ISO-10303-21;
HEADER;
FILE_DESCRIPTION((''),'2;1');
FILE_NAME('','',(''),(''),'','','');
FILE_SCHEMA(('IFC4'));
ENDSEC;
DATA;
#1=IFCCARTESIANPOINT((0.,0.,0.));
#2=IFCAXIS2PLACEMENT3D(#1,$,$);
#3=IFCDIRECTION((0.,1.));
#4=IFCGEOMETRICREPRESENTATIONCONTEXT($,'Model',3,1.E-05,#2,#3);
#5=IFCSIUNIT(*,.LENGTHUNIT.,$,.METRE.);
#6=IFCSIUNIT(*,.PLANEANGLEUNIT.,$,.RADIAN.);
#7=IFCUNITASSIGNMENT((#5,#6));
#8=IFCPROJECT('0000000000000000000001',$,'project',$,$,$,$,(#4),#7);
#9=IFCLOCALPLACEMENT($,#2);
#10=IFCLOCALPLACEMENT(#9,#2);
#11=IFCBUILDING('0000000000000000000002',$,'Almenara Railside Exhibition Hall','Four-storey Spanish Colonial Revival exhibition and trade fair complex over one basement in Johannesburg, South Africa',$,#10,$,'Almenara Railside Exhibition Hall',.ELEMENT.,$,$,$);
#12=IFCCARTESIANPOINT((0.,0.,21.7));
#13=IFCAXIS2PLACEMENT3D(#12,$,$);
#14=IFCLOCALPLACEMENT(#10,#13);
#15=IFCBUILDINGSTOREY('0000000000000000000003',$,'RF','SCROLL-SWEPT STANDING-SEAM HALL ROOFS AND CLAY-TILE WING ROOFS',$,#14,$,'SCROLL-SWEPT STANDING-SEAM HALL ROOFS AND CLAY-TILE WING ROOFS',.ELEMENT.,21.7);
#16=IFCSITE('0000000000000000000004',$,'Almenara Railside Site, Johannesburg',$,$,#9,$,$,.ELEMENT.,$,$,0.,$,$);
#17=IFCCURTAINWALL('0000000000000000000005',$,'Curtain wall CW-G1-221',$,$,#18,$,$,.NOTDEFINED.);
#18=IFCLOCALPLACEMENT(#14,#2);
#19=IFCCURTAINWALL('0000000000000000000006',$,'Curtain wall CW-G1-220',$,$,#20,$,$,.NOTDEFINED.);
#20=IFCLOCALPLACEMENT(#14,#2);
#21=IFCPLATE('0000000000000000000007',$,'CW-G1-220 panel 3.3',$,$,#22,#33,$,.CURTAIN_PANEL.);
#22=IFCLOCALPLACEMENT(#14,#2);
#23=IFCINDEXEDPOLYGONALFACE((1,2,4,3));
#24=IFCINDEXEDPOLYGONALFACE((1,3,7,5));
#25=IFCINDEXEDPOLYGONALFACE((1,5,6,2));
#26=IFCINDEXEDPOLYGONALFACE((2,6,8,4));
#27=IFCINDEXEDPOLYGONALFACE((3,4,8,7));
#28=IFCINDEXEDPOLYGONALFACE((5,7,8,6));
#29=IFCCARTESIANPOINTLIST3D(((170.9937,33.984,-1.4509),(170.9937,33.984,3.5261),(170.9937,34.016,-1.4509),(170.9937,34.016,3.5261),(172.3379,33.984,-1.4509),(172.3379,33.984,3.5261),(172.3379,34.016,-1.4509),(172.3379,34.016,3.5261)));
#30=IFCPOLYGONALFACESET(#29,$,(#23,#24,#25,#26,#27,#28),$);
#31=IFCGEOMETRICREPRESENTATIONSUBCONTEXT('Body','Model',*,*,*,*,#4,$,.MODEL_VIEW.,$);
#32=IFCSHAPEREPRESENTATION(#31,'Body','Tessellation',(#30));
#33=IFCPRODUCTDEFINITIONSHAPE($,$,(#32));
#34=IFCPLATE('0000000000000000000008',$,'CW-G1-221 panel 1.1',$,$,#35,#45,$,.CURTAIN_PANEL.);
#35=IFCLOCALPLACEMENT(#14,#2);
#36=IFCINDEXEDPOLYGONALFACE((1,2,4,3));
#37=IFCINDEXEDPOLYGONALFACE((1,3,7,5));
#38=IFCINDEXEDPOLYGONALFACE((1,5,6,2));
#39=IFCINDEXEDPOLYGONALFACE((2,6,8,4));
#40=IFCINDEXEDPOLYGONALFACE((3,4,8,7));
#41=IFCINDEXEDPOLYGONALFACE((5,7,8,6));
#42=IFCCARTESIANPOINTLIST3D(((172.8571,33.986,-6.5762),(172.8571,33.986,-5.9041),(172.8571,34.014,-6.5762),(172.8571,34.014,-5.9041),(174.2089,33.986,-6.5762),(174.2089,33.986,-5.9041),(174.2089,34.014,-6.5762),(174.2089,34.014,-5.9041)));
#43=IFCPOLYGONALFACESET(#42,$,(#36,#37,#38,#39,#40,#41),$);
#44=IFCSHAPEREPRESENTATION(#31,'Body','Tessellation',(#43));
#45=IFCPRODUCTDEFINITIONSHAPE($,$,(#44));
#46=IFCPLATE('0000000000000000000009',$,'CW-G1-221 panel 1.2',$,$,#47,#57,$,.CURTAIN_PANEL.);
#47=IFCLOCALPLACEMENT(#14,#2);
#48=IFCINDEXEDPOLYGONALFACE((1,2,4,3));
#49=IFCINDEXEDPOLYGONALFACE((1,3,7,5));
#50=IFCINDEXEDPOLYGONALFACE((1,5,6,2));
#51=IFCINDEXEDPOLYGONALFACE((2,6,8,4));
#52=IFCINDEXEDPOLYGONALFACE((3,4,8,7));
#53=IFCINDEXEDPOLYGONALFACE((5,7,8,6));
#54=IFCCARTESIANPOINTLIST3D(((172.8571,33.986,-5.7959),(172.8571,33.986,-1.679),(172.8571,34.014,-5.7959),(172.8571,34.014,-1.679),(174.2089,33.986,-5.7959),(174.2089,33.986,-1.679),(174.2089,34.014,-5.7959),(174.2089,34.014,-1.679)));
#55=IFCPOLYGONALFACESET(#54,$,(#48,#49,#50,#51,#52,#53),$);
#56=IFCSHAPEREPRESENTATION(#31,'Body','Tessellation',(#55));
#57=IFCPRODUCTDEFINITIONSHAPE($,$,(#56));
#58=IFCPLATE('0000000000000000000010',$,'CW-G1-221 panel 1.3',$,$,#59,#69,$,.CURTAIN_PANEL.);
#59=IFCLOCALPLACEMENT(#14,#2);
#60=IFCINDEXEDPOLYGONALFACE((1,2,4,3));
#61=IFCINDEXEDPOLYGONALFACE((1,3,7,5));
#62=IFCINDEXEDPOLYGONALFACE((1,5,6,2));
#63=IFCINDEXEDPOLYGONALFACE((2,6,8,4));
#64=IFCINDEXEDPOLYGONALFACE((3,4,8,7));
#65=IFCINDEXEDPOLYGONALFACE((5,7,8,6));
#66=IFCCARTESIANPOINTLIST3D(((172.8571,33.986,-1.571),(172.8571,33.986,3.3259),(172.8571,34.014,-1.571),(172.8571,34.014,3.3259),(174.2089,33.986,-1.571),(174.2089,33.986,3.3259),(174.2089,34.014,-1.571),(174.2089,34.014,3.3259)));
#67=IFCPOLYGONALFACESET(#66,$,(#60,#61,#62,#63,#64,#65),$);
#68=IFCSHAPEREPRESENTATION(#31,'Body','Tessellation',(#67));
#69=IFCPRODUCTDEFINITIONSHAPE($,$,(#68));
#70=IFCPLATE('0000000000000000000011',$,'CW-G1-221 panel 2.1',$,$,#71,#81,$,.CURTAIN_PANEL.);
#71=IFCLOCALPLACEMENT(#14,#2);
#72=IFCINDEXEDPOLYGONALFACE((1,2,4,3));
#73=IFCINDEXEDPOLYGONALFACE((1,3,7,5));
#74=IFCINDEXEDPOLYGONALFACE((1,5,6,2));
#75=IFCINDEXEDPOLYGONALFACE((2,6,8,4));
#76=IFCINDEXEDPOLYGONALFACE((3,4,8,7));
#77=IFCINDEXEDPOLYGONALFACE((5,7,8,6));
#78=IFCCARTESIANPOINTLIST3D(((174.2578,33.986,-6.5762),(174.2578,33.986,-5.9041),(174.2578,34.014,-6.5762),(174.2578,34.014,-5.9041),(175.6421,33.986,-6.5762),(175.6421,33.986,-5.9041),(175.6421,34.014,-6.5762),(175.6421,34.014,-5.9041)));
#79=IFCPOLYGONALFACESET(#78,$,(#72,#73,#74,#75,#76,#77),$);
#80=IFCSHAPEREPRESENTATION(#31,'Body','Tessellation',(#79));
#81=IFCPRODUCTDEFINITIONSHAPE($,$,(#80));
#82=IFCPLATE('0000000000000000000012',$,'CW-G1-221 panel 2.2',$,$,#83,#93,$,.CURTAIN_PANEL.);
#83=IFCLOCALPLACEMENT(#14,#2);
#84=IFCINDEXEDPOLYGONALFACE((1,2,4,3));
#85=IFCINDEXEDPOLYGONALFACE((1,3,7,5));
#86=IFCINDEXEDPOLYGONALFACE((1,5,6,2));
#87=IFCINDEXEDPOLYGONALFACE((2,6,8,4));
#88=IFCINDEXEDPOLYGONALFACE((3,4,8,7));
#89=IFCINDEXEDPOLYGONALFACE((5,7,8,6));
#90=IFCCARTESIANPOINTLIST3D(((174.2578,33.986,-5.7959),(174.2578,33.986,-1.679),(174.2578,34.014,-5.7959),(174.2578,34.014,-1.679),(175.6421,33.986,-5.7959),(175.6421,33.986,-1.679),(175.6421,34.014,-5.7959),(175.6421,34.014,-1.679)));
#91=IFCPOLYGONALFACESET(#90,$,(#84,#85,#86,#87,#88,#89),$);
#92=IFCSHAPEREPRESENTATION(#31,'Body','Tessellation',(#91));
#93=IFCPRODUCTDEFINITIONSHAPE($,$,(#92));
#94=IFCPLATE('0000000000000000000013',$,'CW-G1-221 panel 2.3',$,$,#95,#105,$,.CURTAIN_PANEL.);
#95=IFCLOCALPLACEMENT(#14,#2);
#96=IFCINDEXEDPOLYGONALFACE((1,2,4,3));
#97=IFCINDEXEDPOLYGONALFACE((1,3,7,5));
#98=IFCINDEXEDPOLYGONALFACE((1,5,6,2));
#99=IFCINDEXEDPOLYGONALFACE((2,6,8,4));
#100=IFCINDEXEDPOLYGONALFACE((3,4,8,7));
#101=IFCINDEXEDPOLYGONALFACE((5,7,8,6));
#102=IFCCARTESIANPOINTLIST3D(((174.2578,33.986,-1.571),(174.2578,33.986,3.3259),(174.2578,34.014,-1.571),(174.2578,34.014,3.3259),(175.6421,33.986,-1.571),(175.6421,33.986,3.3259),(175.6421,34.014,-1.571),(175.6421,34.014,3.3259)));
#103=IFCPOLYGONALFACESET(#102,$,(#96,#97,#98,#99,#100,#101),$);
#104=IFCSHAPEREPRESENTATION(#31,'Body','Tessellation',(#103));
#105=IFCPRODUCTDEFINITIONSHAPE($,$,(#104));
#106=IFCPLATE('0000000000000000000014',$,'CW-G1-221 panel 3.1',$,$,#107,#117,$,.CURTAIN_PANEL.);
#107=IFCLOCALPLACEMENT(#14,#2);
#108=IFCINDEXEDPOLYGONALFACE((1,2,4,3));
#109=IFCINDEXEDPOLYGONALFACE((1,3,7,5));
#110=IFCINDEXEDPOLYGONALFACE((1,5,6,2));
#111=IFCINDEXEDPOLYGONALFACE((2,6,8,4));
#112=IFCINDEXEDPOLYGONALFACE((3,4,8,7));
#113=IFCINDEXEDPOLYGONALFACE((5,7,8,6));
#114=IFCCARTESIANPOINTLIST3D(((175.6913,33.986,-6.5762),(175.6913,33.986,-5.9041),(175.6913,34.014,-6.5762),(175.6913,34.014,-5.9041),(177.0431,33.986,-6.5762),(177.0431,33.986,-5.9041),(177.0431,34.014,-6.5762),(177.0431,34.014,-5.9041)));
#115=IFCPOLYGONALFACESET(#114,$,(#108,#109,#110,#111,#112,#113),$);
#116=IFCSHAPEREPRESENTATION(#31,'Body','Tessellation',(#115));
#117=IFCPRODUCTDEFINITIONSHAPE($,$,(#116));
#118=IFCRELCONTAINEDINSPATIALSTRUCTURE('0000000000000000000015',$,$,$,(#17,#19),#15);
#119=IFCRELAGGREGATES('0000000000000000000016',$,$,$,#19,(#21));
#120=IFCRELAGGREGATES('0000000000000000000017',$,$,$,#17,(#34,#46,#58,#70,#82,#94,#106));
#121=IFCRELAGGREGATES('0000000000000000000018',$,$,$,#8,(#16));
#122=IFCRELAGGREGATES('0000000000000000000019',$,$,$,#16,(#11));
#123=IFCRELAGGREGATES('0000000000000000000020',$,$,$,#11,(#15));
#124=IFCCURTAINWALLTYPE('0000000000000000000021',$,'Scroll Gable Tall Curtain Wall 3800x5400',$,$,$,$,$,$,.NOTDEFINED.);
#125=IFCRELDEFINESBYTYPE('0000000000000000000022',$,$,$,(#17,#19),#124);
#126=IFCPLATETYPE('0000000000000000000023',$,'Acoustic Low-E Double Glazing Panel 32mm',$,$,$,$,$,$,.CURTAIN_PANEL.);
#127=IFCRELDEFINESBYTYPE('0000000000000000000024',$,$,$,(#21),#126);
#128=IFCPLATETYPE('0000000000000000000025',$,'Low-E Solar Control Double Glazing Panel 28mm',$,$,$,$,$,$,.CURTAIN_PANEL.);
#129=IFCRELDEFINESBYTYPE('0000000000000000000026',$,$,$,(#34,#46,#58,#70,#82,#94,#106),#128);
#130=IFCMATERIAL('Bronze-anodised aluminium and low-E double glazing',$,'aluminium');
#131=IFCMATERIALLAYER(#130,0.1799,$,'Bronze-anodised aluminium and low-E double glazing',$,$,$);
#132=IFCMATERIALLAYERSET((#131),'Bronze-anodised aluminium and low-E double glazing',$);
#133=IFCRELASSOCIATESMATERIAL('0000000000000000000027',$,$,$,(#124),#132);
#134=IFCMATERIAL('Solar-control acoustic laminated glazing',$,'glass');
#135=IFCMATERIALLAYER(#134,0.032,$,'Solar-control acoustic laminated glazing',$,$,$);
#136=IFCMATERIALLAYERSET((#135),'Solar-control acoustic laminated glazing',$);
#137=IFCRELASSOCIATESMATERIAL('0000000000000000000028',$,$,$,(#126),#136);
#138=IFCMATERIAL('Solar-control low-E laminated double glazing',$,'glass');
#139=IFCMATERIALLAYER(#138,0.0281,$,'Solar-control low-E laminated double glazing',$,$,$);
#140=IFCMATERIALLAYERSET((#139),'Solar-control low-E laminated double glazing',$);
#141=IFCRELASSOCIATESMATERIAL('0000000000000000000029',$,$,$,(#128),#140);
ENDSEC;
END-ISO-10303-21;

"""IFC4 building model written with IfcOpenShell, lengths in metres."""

from ifc_helpers import new_model, si_unit, direction, frame, origin, origin_2d, place, context, subcontext, project, spatial, rectangle, extrude, material, layer, layer_set, type_object, element, aggregate, save


model = new_model("IFC4")

# Units and contexts
model_context = context("Model", 3, precision=1e-05, world=origin(), true_north=direction((0.0, 1.0)))
body_context = subcontext(model_context, "Body", "Model", "MODEL_VIEW")
ifc_project = project(units=[si_unit("LENGTHUNIT", "METRE"), si_unit("PLANEANGLEUNIT", "RADIAN")], contexts=[model_context])

# Site, building, storey
site_placement = place(None, origin())
site = spatial("IfcSite", under=ifc_project, at=site_placement, Name="Almenara Railside Site, Johannesburg", CompositionType="ELEMENT", RefElevation=0.0)
building_placement = place(site_placement, origin())
building = spatial("IfcBuilding", under=site, at=building_placement, Name="Almenara Railside Exhibition Hall", Description="Four-storey Spanish Colonial Revival exhibition and trade fair complex over one basement in Johannesburg, South Africa", LongName="Almenara Railside Exhibition Hall", CompositionType="ELEMENT")
storey_placement = place(building_placement, frame((0.0, 0.0, 21.7)))
storey = spatial("IfcBuildingStorey", under=building, at=storey_placement, Name="RF", Description="SCROLL-SWEPT STANDING-SEAM HALL ROOFS AND CLAY-TILE WING ROOFS", LongName="SCROLL-SWEPT STANDING-SEAM HALL ROOFS AND CLAY-TILE WING ROOFS", CompositionType="ELEMENT", Elevation=21.7)

# Curtain wall
ifc_material_1 = material(Name="Bronze-anodised aluminium and low-E double glazing", Category="aluminium")
ifc_layer_1 = layer(ifc_material_1, 0.1799, Name="Bronze-anodised aluminium and low-E double glazing")
ifc_layer_set_1 = layer_set([ifc_layer_1], Name="Bronze-anodised aluminium and low-E double glazing")
curtain_wall_type = type_object("IfcCurtainWallType", Name="Scroll Gable Tall Curtain Wall 3800x5400", PredefinedType="NOTDEFINED", material=ifc_layer_set_1)
curtain_wall_1_placement = place(storey_placement, origin())
curtain_wall_1 = element("IfcCurtainWall", 1, at=curtain_wall_1_placement, inside=storey, type_object=curtain_wall_type, Name="Curtain wall CW-G1-221", PredefinedType="NOTDEFINED")

# Curtain wall
curtain_wall_2_placement = place(storey_placement, origin())
curtain_wall_2 = element("IfcCurtainWall", 2, at=curtain_wall_2_placement, inside=storey, type_object=curtain_wall_type, Name="Curtain wall CW-G1-220", PredefinedType="NOTDEFINED")

# Plates
ifc_material_2 = material(Name="Solar-control acoustic laminated glazing", Category="glass")
ifc_layer_2 = layer(ifc_material_2, 0.032, Name="Solar-control acoustic laminated glazing")
ifc_layer_set_2 = layer_set([ifc_layer_2], Name="Solar-control acoustic laminated glazing")
plate_type_1 = type_object("IfcPlateType", Name="Acoustic Low-E Double Glazing Panel 32mm", PredefinedType="CURTAIN_PANEL", material=ifc_layer_set_2)
plate_1_placement = place(storey_placement, frame((171.6658, 34.0, -1.4509), z_axis=(0.0, 0.0, 1.0), x_axis=(1.0, 0.0, 0.0)))
plate_1 = element("IfcPlate", 3, at=plate_1_placement, type_object=plate_type_1, Name="CW-G1-220 panel 3.3", PredefinedType="CURTAIN_PANEL", context=body_context, shape_type="SweptSolid", body=[
    extrude(rectangle(XDim=1.3442, YDim=0.032, at=origin_2d()), origin(), (0.0, 0.0, 1.0), 4.9771),
])
aggregate(curtain_wall_2, [plate_1])
ifc_material_3 = material(Name="Solar-control low-E laminated double glazing", Category="glass")
ifc_layer_3 = layer(ifc_material_3, 0.0281, Name="Solar-control low-E laminated double glazing")
ifc_layer_set_3 = layer_set([ifc_layer_3], Name="Solar-control low-E laminated double glazing")
plate_type_2 = type_object("IfcPlateType", Name="Low-E Solar Control Double Glazing Panel 28mm", PredefinedType="CURTAIN_PANEL", material=ifc_layer_set_3)
plate_2_placement = place(storey_placement, frame((173.533, 34.0, -6.5762), z_axis=(0.0, 0.0, 1.0), x_axis=(1.0, 0.0, 0.0)))
plate_2 = element("IfcPlate", 4, at=plate_2_placement, type_object=plate_type_2, Name="CW-G1-221 panel 1.1", PredefinedType="CURTAIN_PANEL", context=body_context, shape_type="SweptSolid", body=[
    extrude(rectangle(XDim=1.3518, YDim=0.0281, at=origin_2d()), origin(), (0.0, 0.0, 1.0), 0.6721),
])
plate_3_placement = place(storey_placement, frame((173.533, 34.0, -5.7959), z_axis=(0.0, 0.0, 1.0), x_axis=(1.0, 0.0, 0.0)))
plate_3 = element("IfcPlate", 5, at=plate_3_placement, type_object=plate_type_2, Name="CW-G1-221 panel 1.2", PredefinedType="CURTAIN_PANEL", context=body_context, shape_type="SweptSolid", body=[
    extrude(rectangle(XDim=1.3518, YDim=0.0281, at=origin_2d()), origin(), (0.0, 0.0, 1.0), 4.1169),
])
plate_4_placement = place(storey_placement, frame((173.533, 34.0, -1.571), z_axis=(0.0, 0.0, 1.0), x_axis=(1.0, 0.0, 0.0)))
plate_4 = element("IfcPlate", 6, at=plate_4_placement, type_object=plate_type_2, Name="CW-G1-221 panel 1.3", PredefinedType="CURTAIN_PANEL", context=body_context, shape_type="SweptSolid", body=[
    extrude(rectangle(XDim=1.3518, YDim=0.0281, at=origin_2d()), origin(), (0.0, 0.0, 1.0), 4.897),
])
plate_5_placement = place(storey_placement, frame((174.95, 34.0, -6.5762), z_axis=(0.0, 0.0, 1.0), x_axis=(1.0, 0.0, 0.0)))
plate_5 = element("IfcPlate", 7, at=plate_5_placement, type_object=plate_type_2, Name="CW-G1-221 panel 2.1", PredefinedType="CURTAIN_PANEL", context=body_context, shape_type="SweptSolid", body=[
    extrude(rectangle(XDim=1.3843, YDim=0.0281, at=origin_2d()), origin(), (0.0, 0.0, 1.0), 0.6721),
])
plate_6_placement = place(storey_placement, frame((174.95, 34.0, -5.7959), z_axis=(0.0, 0.0, 1.0), x_axis=(1.0, 0.0, 0.0)))
plate_6 = element("IfcPlate", 8, at=plate_6_placement, type_object=plate_type_2, Name="CW-G1-221 panel 2.2", PredefinedType="CURTAIN_PANEL", context=body_context, shape_type="SweptSolid", body=[
    extrude(rectangle(XDim=1.3843, YDim=0.0281, at=origin_2d()), origin(), (0.0, 0.0, 1.0), 4.1169),
])
plate_7_placement = place(storey_placement, frame((174.95, 34.0, -1.571), z_axis=(0.0, 0.0, 1.0), x_axis=(1.0, 0.0, 0.0)))
plate_7 = element("IfcPlate", 9, at=plate_7_placement, type_object=plate_type_2, Name="CW-G1-221 panel 2.3", PredefinedType="CURTAIN_PANEL", context=body_context, shape_type="SweptSolid", body=[
    extrude(rectangle(XDim=1.3843, YDim=0.0281, at=origin_2d()), origin(), (0.0, 0.0, 1.0), 4.897),
])
plate_8_placement = place(storey_placement, frame((176.3672, 34.0, -6.5762), z_axis=(0.0, 0.0, 1.0), x_axis=(1.0, 0.0, 0.0)))
plate_8 = element("IfcPlate", 10, at=plate_8_placement, type_object=plate_type_2, Name="CW-G1-221 panel 3.1", PredefinedType="CURTAIN_PANEL", context=body_context, shape_type="SweptSolid", body=[
    extrude(rectangle(XDim=1.3518, YDim=0.0281, at=origin_2d()), origin(), (0.0, 0.0, 1.0), 0.6721),
])
aggregate(curtain_wall_1, [plate_2, plate_3, plate_4, plate_5, plate_6, plate_7, plate_8])

save(model, "model.ifc")
